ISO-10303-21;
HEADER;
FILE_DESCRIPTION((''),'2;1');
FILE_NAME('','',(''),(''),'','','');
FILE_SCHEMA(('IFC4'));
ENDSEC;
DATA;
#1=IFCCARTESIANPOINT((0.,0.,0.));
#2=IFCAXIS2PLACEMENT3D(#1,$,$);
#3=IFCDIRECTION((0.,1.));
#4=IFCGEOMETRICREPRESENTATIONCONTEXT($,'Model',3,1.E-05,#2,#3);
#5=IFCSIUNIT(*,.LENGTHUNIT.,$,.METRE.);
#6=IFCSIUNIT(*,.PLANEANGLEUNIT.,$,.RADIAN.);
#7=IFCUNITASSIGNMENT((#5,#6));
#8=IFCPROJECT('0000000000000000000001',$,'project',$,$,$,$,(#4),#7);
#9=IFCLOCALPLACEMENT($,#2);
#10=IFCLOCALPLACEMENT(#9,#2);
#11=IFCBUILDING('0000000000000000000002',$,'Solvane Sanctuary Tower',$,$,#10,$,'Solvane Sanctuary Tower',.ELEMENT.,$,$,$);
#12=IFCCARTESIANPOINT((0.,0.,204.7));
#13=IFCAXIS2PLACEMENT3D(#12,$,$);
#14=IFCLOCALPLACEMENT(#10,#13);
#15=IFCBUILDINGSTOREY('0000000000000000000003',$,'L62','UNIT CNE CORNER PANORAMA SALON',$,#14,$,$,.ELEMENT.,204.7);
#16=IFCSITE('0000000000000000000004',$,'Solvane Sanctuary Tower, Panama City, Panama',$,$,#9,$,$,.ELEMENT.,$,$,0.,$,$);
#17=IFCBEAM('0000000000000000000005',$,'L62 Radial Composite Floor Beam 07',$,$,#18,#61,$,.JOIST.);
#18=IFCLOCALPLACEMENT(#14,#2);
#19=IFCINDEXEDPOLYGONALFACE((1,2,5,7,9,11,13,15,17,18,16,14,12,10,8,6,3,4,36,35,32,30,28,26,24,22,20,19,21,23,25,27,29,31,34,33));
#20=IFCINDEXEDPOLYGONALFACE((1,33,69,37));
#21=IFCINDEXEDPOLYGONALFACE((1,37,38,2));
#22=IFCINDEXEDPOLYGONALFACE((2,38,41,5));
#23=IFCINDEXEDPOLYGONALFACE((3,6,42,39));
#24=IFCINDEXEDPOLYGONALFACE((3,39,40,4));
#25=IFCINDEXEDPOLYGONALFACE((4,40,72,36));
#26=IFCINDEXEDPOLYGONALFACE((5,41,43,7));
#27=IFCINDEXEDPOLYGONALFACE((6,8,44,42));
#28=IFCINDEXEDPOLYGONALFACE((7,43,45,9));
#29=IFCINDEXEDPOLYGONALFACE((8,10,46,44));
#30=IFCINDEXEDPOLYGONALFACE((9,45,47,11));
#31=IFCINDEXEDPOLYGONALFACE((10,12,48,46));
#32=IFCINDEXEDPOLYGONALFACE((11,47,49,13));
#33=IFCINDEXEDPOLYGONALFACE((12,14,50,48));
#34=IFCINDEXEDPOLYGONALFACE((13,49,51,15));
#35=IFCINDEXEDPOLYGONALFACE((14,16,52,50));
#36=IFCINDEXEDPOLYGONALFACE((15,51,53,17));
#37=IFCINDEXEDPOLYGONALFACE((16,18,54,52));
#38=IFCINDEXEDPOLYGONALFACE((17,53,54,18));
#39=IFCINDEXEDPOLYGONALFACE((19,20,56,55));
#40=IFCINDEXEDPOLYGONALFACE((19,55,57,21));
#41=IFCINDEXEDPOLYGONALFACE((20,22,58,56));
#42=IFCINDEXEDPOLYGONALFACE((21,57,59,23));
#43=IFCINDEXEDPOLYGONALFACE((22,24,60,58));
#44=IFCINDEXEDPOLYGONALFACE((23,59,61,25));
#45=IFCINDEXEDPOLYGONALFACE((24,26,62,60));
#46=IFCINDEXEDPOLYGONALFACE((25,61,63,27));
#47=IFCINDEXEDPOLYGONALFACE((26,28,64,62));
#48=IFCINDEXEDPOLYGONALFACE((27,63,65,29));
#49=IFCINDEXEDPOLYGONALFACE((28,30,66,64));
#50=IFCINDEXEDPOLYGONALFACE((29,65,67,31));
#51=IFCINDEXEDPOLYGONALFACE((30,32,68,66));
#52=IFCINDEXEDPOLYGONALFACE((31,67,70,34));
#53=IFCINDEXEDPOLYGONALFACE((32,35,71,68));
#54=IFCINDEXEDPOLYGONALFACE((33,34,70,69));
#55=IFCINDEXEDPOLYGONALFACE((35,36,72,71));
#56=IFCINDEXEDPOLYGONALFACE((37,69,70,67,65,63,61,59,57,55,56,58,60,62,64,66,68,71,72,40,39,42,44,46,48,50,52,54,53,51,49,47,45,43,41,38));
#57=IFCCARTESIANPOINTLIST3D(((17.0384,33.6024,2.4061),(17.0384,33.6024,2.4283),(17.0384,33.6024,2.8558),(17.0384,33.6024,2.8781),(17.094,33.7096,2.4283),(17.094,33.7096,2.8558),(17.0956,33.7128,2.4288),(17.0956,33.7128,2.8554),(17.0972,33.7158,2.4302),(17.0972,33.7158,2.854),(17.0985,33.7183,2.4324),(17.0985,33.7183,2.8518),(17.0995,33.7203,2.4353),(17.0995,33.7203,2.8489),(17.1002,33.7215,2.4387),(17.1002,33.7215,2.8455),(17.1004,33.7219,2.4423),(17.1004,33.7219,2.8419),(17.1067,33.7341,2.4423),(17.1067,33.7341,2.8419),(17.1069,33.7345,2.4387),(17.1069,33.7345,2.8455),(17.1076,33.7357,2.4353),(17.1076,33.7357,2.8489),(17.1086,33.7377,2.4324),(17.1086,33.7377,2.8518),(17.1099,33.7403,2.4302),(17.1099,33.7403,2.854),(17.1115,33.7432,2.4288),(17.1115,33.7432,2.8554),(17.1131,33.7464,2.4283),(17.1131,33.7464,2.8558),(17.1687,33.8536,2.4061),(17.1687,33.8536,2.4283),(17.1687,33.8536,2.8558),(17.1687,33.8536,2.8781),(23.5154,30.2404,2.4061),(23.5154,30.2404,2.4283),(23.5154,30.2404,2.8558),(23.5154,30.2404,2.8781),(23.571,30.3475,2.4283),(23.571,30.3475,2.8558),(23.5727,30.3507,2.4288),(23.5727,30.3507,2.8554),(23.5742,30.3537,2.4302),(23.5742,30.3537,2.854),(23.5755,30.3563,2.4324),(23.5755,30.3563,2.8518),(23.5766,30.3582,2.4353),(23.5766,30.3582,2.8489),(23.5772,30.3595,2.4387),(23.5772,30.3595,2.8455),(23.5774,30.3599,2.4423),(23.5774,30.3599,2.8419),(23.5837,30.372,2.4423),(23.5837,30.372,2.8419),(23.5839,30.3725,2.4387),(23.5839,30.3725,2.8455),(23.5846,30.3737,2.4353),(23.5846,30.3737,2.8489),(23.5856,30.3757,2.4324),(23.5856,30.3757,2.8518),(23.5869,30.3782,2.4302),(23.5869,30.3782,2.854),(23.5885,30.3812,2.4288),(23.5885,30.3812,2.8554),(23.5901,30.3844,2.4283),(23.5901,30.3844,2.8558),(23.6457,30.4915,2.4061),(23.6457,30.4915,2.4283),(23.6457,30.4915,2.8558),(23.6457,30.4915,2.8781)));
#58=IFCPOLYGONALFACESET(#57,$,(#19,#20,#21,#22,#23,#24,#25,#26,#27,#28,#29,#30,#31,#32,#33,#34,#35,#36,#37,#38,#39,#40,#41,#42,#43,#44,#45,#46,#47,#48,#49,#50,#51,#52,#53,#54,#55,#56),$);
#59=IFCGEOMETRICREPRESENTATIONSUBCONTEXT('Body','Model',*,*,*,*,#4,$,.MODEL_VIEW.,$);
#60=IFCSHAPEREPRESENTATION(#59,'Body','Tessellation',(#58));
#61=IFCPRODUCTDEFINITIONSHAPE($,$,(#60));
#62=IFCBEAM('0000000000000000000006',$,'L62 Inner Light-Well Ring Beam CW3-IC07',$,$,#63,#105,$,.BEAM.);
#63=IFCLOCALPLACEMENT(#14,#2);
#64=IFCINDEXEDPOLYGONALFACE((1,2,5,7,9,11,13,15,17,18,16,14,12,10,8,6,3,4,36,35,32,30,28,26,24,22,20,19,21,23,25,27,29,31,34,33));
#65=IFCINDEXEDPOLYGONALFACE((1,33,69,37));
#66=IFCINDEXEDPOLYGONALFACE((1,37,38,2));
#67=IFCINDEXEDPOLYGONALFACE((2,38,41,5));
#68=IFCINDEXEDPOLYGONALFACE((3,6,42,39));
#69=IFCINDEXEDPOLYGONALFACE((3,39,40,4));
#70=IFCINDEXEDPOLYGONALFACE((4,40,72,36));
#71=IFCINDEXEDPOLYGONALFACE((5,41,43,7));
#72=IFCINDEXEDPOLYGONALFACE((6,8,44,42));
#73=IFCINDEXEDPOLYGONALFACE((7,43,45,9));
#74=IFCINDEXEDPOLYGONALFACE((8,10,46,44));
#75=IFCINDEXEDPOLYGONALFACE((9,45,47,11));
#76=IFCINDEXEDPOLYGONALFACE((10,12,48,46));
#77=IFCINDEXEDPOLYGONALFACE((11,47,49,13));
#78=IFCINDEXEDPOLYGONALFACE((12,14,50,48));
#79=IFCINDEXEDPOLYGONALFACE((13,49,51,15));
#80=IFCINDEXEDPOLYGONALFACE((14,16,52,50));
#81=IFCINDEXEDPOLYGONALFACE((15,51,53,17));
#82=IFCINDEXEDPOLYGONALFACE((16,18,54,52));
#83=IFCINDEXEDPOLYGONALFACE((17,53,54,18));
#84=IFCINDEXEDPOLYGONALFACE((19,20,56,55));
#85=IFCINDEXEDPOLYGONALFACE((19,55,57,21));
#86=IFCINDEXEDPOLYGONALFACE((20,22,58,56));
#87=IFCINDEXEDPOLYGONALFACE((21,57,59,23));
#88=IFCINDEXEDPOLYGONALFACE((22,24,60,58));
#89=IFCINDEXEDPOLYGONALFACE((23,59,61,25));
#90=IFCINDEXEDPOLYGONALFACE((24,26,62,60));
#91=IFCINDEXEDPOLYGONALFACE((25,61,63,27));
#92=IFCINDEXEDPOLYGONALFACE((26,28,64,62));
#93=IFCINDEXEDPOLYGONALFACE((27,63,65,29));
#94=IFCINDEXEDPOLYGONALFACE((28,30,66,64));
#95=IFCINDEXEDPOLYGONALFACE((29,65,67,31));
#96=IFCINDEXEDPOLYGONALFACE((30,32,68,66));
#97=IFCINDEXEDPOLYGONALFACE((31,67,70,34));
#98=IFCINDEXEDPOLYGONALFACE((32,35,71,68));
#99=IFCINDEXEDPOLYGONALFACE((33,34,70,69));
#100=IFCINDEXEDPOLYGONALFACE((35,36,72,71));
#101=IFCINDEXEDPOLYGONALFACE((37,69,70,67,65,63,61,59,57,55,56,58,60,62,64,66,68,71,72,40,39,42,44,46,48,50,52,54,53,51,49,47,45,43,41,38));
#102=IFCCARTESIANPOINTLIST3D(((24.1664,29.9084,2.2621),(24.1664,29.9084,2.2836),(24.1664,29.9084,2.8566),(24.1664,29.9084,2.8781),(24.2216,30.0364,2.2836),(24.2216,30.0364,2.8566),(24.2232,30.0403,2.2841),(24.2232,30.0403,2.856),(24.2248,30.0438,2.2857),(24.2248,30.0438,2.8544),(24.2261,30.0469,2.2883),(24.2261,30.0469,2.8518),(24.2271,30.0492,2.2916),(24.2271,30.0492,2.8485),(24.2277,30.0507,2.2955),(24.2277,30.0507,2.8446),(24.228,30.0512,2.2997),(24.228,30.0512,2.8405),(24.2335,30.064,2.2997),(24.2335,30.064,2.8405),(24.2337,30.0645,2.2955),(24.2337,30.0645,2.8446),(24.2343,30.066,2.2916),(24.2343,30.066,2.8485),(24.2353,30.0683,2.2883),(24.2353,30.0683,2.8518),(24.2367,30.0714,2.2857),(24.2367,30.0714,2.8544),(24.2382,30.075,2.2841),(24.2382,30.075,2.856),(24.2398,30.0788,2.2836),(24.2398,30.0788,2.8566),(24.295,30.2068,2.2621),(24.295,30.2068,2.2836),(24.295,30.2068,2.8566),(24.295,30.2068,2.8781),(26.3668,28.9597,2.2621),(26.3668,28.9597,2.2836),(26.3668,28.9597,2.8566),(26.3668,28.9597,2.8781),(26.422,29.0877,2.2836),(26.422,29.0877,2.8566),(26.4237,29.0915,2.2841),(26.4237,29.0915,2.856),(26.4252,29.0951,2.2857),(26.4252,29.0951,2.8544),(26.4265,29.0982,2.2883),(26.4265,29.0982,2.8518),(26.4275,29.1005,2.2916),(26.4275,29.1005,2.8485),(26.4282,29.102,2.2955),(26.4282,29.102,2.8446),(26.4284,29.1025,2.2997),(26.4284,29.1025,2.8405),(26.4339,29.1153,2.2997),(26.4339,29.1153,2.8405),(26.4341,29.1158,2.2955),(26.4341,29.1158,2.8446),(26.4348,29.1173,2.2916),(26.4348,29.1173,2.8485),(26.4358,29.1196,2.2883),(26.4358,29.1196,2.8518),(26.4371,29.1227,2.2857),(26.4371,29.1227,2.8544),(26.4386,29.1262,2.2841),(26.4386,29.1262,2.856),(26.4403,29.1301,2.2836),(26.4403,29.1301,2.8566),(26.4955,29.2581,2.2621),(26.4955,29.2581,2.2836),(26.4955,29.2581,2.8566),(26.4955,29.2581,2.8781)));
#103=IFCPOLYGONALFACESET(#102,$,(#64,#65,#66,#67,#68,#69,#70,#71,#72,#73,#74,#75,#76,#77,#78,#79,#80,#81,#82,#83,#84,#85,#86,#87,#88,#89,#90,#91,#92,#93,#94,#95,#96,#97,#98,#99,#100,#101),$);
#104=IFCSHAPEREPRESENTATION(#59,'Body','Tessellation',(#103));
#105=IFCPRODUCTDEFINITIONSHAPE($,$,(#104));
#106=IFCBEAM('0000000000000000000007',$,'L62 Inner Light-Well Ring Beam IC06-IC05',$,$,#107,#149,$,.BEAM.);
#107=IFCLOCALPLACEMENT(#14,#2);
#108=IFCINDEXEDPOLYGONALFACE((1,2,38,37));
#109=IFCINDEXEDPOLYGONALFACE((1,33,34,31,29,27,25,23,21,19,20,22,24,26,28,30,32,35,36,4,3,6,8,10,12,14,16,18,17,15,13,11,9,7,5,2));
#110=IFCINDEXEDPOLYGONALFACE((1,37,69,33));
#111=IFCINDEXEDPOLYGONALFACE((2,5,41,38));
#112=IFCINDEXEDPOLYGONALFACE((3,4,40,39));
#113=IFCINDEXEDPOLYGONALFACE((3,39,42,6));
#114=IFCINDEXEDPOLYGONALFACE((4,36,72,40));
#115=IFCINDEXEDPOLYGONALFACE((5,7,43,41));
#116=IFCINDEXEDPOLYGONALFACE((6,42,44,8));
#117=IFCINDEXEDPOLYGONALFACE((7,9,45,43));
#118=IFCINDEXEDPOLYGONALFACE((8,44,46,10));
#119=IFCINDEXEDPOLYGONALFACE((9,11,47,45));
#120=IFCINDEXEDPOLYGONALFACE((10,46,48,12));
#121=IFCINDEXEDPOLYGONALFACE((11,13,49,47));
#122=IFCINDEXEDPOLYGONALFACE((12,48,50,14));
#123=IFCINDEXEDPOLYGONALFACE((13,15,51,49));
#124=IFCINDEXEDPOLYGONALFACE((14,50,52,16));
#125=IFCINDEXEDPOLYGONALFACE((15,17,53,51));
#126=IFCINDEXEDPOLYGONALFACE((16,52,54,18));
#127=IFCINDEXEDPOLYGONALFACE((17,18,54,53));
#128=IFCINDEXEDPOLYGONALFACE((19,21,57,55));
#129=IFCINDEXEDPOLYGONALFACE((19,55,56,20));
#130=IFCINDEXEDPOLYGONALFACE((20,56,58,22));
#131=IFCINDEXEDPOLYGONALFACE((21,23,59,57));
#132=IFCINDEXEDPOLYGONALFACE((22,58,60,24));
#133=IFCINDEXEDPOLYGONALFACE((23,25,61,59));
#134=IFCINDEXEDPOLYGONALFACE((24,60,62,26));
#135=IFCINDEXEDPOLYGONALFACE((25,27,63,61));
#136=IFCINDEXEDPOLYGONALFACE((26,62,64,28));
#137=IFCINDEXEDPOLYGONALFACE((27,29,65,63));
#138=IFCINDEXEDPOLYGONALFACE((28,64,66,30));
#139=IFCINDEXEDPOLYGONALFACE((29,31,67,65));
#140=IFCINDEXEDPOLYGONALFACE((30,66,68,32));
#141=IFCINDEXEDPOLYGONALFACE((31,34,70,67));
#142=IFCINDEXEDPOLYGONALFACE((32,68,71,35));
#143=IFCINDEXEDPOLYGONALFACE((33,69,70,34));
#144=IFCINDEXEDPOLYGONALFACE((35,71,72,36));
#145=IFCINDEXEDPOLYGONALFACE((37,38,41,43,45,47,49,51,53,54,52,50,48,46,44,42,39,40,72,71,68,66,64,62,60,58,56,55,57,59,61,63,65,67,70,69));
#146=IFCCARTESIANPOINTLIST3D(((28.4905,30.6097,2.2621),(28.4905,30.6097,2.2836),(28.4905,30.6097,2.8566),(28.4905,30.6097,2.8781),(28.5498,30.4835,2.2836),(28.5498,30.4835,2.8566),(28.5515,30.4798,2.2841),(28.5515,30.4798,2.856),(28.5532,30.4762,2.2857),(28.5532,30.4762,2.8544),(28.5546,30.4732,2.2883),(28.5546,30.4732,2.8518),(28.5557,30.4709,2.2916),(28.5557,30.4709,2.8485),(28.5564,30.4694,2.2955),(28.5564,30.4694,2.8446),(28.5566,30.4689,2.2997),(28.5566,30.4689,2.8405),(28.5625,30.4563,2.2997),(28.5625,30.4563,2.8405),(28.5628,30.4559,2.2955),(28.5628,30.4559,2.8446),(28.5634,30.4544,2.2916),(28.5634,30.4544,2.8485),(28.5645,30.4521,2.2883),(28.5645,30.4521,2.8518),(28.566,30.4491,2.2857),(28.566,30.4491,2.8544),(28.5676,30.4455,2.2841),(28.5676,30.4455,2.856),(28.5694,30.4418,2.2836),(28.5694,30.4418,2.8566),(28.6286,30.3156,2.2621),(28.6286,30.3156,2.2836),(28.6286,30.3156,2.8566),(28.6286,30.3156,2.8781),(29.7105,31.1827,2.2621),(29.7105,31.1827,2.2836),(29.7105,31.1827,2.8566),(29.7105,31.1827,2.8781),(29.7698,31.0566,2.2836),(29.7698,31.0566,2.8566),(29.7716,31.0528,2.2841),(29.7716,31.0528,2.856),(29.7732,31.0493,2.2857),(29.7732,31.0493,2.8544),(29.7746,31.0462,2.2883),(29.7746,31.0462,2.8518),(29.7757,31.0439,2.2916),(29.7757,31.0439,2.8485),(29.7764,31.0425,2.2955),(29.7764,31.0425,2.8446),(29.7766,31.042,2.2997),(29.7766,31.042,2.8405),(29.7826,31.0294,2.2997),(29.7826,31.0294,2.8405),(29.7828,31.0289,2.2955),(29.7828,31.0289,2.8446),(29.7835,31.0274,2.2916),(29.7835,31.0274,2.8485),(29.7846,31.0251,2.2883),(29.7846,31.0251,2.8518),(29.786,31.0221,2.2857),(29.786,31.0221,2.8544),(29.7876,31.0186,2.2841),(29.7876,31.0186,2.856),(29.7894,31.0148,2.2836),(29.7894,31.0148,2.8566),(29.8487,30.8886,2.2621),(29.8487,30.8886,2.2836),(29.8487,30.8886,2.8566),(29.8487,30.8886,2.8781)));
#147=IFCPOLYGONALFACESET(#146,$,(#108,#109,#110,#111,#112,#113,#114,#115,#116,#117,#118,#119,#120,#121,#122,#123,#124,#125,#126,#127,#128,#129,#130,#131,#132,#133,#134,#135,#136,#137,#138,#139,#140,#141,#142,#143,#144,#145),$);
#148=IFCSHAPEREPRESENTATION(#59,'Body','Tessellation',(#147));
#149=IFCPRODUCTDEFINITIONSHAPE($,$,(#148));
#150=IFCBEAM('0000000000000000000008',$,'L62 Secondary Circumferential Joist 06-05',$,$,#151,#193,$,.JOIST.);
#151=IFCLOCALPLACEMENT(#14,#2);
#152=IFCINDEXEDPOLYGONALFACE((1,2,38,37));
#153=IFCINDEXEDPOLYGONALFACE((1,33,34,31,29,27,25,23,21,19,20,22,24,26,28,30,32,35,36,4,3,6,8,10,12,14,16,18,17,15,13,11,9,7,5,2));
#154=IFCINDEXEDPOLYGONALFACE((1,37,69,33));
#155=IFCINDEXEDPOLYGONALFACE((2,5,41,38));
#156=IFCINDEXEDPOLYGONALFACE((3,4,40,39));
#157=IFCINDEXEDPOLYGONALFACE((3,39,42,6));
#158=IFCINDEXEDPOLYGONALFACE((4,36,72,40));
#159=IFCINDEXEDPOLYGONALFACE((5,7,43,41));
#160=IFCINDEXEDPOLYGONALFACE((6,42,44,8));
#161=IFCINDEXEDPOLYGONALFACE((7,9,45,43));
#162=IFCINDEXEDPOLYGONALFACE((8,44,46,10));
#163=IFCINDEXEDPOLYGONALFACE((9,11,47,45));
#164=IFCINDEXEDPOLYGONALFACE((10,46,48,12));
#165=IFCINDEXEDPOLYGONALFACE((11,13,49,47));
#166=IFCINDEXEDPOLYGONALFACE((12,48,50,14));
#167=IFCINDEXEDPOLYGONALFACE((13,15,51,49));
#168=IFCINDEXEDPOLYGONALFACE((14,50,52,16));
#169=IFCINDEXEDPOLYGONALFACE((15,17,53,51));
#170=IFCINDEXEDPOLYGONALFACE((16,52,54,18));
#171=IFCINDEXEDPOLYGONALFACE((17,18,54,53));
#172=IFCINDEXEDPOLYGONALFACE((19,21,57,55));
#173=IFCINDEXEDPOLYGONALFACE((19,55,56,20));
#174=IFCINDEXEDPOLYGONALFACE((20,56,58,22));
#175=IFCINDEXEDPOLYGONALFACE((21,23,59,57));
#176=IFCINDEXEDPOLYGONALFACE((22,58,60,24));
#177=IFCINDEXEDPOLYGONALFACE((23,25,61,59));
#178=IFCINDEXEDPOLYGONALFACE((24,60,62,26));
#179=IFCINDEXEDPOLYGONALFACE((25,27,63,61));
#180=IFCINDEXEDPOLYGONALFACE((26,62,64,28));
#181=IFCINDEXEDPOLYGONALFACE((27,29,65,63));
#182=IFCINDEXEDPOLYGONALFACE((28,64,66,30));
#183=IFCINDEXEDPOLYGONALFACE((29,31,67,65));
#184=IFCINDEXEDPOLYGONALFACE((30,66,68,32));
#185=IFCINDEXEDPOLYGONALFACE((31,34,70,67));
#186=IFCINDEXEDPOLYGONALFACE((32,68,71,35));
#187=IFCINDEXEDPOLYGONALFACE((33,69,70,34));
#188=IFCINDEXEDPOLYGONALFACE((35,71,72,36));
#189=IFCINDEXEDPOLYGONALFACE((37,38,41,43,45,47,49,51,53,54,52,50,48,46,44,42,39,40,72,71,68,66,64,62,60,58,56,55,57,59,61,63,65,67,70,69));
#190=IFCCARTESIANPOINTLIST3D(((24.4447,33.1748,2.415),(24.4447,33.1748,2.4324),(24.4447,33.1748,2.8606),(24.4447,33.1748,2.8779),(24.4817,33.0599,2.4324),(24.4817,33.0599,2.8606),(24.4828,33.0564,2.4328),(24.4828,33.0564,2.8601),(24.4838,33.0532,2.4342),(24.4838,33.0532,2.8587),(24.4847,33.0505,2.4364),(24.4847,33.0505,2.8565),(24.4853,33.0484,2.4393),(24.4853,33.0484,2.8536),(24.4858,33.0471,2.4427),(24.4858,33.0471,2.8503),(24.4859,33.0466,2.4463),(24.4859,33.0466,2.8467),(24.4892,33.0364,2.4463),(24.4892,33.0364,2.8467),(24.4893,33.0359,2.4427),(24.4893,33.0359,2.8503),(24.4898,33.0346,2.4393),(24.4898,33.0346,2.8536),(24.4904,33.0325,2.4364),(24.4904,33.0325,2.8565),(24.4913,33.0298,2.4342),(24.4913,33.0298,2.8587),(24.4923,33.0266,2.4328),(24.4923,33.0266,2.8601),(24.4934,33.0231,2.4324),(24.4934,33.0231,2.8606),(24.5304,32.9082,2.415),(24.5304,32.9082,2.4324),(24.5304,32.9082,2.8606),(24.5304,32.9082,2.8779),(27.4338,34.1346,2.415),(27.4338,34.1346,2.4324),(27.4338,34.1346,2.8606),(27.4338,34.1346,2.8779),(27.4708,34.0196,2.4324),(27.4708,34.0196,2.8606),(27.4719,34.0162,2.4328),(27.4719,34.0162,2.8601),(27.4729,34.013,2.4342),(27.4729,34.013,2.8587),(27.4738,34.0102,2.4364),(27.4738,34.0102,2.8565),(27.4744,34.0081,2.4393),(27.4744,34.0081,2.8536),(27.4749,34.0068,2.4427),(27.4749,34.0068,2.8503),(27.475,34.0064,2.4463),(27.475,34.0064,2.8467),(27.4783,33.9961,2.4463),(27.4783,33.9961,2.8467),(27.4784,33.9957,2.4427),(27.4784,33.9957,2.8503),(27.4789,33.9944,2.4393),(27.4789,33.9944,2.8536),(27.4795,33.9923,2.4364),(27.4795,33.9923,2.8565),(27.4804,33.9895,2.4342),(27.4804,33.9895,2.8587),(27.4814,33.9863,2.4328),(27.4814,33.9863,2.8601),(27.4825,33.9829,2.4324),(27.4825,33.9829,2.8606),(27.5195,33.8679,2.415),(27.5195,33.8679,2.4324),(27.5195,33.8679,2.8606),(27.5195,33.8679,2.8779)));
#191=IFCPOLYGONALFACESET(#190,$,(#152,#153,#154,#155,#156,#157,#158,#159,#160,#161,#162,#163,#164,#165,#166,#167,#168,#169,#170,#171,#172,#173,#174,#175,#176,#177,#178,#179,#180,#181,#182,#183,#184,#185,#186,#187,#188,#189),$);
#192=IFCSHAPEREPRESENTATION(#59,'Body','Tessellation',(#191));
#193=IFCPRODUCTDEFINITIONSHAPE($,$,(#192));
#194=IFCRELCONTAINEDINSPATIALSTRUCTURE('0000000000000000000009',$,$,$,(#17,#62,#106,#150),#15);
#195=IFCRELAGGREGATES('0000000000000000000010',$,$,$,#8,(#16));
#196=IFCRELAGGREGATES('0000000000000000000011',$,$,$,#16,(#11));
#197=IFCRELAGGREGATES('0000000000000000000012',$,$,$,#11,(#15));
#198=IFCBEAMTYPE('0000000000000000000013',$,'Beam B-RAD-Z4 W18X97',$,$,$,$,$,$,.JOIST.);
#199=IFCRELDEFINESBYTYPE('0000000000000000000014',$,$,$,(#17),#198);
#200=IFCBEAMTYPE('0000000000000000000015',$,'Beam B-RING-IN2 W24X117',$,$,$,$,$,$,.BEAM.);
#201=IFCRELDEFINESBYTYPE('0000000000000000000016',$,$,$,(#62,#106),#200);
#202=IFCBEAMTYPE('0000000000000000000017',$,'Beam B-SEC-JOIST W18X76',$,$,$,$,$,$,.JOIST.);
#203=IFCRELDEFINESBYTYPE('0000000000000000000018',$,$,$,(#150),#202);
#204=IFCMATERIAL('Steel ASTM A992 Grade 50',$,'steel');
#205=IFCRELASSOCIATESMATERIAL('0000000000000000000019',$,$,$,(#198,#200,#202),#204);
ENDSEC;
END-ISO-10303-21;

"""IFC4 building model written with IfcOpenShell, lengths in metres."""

from ifc_helpers import new_model, si_unit, direction, frame, origin, origin_2d, place, context, subcontext, project, spatial, i_section, extrude, material, material_profile, profile_set, type_object, element, save


model = new_model("IFC4")

# Units and contexts
model_context = context("Model", 3, precision=1e-05, world=origin(), true_north=direction((0.0, 1.0)))
body_context = subcontext(model_context, "Body", "Model", "MODEL_VIEW")
ifc_project = project(units=[si_unit("LENGTHUNIT", "METRE"), si_unit("PLANEANGLEUNIT", "RADIAN")], contexts=[model_context])

# Site, building, storey
site_placement = place(None, origin())
site = spatial("IfcSite", under=ifc_project, at=site_placement, Name="Solvane Sanctuary Tower, Panama City, Panama", CompositionType="ELEMENT", RefElevation=0.0)
building_placement = place(site_placement, origin())
building = spatial("IfcBuilding", under=site, at=building_placement, Name="Solvane Sanctuary Tower", LongName="Solvane Sanctuary Tower", CompositionType="ELEMENT")
storey_placement = place(building_placement, frame((0.0, 0.0, 204.7)))
storey = spatial("IfcBuildingStorey", under=building, at=storey_placement, Name="L62", Description="UNIT CNE CORNER PANORAMA SALON", CompositionType="ELEMENT", Elevation=204.7)

# Beams
ifc_material_1 = material(Name="Steel ASTM A992 Grade 50", Category="steel")
ifc_material_profile_1 = material_profile(ifc_material_1, i_section(OverallWidth=0.283, OverallDepth=0.4719, WebThickness=0.0137, FlangeThickness=0.0222, FilletRadius=0.0139, at=origin_2d()), Name="W18X97")
ifc_profile_set_1 = profile_set([ifc_material_profile_1], Name="Steel ASTM A992 Grade 50")
beam_type_1 = type_object("IfcBeamType", Name="Beam B-RAD-Z4 W18X97", PredefinedType="JOIST", material=ifc_profile_set_1)
beam_1_placement = place(storey_placement, frame((23.5806, 30.366, 2.6421), z_axis=(-0.887553, 0.460705, 0.0), x_axis=(-0.460705, -0.887553, 0.0)))
element("IfcBeam", 1, at=beam_1_placement, inside=storey, type_object=beam_type_1, Name="L62 Radial Composite Floor Beam 07", PredefinedType="JOIST", context=body_context, shape_type="SweptSolid", body=[
    extrude(i_section(OverallWidth=0.283, OverallDepth=0.4719, WebThickness=0.0137, FlangeThickness=0.0222, FilletRadius=0.0139, at=origin_2d()), origin(), (0.0, 0.0, 1.0), 7.2976),
])
ifc_material_profile_2 = material_profile(ifc_material_1, i_section(OverallWidth=0.325, OverallDepth=0.616, WebThickness=0.0139, FlangeThickness=0.0215, FilletRadius=0.0161, at=origin_2d()), Name="W24X117")
ifc_profile_set_2 = profile_set([ifc_material_profile_2], Name="Steel ASTM A992 Grade 50")
beam_type_2 = type_object("IfcBeamType", Name="Beam B-RING-IN2 W24X117", PredefinedType="BEAM", material=ifc_profile_set_2)
beam_2_placement = place(storey_placement, frame((24.2307, 30.0576, 2.5701), z_axis=(0.918284, -0.395923, 0.0), x_axis=(0.395923, 0.918284, 0.0)))
element("IfcBeam", 2, at=beam_2_placement, inside=storey, type_object=beam_type_2, Name="L62 Inner Light-Well Ring Beam CW3-IC07", PredefinedType="BEAM", context=body_context, shape_type="SweptSolid", body=[
    extrude(i_section(OverallWidth=0.325, OverallDepth=0.616, WebThickness=0.0139, FlangeThickness=0.0215, FilletRadius=0.0161, at=origin_2d()), origin(), (0.0, 0.0, 1.0), 2.3962),
])
beam_3_placement = place(storey_placement, frame((28.5596, 30.4626, 2.5701), z_axis=(0.905135, 0.425125, 0.0), x_axis=(-0.425125, 0.905135, 0.0)))
element("IfcBeam", 3, at=beam_3_placement, inside=storey, type_object=beam_type_2, Name="L62 Inner Light-Well Ring Beam IC06-IC05", PredefinedType="BEAM", context=body_context, shape_type="SweptSolid", body=[
    extrude(i_section(OverallWidth=0.325, OverallDepth=0.616, WebThickness=0.0139, FlangeThickness=0.0215, FilletRadius=0.0161, at=origin_2d()), origin(), (0.0, 0.0, 1.0), 1.3479),
])
ifc_material_profile_3 = material_profile(ifc_material_1, i_section(OverallWidth=0.28, OverallDepth=0.4629, WebThickness=0.0107, FlangeThickness=0.0173, FilletRadius=0.0139, at=origin_2d()), Name="W18X76")
ifc_profile_set_3 = profile_set([ifc_material_profile_3], Name="Steel ASTM A992 Grade 50")
beam_type_3 = type_object("IfcBeamType", Name="Beam B-SEC-JOIST W18X76", PredefinedType="JOIST", material=ifc_profile_set_3)
beam_4_placement = place(storey_placement, frame((24.4875, 33.0415, 2.6465), z_axis=(0.952125, 0.30571, 0.0), x_axis=(-0.30571, 0.952125, 0.0)))
element("IfcBeam", 4, at=beam_4_placement, inside=storey, type_object=beam_type_3, Name="L62 Secondary Circumferential Joist 06-05", PredefinedType="JOIST", context=body_context, shape_type="SweptSolid", body=[
    extrude(i_section(OverallWidth=0.28, OverallDepth=0.4629, WebThickness=0.0107, FlangeThickness=0.0173, FilletRadius=0.0139, at=origin_2d()), origin(), (0.0, 0.0, 1.0), 3.1394),
])

save(model, "model.ifc")
